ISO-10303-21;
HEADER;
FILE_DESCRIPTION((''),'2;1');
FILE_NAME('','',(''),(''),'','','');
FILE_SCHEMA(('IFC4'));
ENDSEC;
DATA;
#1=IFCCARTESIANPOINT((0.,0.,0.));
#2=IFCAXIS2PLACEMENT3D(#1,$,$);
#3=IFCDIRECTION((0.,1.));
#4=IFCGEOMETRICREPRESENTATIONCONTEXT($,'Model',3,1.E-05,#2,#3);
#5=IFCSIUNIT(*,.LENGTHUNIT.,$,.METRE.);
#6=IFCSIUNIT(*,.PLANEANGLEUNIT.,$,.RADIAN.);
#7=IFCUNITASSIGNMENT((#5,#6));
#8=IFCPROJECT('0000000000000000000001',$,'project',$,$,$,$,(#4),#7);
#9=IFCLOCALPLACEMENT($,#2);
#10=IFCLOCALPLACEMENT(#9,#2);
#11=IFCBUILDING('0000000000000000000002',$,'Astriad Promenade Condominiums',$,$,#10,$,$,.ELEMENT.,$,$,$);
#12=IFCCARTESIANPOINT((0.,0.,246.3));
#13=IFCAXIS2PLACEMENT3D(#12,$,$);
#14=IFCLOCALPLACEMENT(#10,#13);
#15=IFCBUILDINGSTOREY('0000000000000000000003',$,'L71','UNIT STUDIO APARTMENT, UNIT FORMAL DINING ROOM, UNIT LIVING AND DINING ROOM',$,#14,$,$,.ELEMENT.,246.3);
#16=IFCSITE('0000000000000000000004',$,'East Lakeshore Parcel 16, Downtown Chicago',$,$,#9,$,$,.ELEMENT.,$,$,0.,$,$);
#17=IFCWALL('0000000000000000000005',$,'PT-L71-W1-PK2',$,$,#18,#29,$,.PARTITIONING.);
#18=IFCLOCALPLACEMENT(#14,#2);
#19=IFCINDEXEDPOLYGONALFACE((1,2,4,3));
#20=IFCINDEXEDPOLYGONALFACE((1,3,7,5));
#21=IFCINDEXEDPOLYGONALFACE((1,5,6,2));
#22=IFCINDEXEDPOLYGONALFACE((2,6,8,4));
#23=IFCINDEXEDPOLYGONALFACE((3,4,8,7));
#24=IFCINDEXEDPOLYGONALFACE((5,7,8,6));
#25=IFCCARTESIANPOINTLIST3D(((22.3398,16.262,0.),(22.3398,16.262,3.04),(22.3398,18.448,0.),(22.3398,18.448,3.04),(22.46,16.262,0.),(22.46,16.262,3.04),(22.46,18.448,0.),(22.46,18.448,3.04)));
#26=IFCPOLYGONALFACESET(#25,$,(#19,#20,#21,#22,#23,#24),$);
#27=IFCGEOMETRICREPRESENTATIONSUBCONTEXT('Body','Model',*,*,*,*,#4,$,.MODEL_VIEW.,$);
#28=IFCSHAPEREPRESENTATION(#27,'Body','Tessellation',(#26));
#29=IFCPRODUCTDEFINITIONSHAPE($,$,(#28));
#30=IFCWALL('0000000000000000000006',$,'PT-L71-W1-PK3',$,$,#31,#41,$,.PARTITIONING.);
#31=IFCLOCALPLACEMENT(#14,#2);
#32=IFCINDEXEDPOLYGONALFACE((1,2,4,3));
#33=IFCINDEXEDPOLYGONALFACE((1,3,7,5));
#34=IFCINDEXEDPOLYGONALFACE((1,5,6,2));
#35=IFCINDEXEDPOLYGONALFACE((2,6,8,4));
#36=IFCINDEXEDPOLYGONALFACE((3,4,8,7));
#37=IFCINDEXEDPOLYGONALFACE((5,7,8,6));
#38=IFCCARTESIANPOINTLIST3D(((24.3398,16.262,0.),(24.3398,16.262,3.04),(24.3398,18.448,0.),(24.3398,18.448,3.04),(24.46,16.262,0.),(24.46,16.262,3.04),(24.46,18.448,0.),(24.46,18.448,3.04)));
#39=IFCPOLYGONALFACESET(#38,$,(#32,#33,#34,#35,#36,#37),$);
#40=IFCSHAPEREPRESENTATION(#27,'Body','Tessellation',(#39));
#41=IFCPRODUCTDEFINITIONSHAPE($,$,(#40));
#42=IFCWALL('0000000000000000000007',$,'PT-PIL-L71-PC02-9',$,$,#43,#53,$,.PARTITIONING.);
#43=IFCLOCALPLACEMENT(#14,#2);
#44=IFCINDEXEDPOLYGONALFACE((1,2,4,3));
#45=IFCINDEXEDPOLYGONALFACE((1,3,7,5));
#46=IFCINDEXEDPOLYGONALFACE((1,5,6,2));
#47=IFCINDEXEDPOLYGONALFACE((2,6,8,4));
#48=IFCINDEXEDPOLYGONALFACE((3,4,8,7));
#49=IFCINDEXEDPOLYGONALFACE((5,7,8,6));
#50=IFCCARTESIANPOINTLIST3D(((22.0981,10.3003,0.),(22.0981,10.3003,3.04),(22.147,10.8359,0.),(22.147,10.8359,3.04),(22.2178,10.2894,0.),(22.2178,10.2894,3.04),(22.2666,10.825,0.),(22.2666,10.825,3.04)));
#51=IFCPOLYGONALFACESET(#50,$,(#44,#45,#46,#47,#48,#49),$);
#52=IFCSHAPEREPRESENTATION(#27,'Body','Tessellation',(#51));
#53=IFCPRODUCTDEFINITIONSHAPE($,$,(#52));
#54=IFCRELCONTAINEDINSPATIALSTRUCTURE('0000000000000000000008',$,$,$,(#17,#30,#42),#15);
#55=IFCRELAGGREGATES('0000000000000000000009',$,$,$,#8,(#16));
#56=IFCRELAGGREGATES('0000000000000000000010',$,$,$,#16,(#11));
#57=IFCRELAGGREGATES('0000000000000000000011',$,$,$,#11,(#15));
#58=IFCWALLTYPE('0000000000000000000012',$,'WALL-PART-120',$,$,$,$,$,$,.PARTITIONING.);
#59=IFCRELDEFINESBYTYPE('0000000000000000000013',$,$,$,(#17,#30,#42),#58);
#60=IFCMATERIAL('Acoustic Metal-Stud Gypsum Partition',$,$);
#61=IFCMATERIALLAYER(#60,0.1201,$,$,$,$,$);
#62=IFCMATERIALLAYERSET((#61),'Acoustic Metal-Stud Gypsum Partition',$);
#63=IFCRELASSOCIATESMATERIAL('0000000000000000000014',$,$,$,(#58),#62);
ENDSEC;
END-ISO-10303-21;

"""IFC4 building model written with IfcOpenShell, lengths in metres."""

from ifc_helpers import new_model, si_unit, direction, frame, frame_2d, origin, place, context, subcontext, project, spatial, rectangle, extrude, material, layer, layer_set, type_object, element, save


model = new_model("IFC4")

# Units and contexts
model_context = context("Model", 3, precision=1e-05, world=origin(), true_north=direction((0.0, 1.0)))
body_context = subcontext(model_context, "Body", "Model", "MODEL_VIEW")
ifc_project = project(units=[si_unit("LENGTHUNIT", "METRE"), si_unit("PLANEANGLEUNIT", "RADIAN")], contexts=[model_context])

# Site, building, storey
site_placement = place(None, origin())
site = spatial("IfcSite", under=ifc_project, at=site_placement, Name="East Lakeshore Parcel 16, Downtown Chicago", CompositionType="ELEMENT", RefElevation=0.0)
building_placement = place(site_placement, origin())
building = spatial("IfcBuilding", under=site, at=building_placement, Name="Astriad Promenade Condominiums", CompositionType="ELEMENT")
storey_placement = place(building_placement, frame((0.0, 0.0, 246.3)))
storey = spatial("IfcBuildingStorey", under=building, at=storey_placement, Name="L71", Description="UNIT STUDIO APARTMENT, UNIT FORMAL DINING ROOM, UNIT LIVING AND DINING ROOM", CompositionType="ELEMENT", Elevation=246.3)

# Walls
ifc_material_1 = material(Name="Acoustic Metal-Stud Gypsum Partition")
ifc_layer_1 = layer(ifc_material_1, 0.1201)
ifc_layer_set_1 = layer_set([ifc_layer_1], Name="Acoustic Metal-Stud Gypsum Partition")
wall_type_1 = type_object("IfcWallType", Name="WALL-PART-120", PredefinedType="PARTITIONING", material=ifc_layer_set_1)
for number, where, z_axis, x_axis, name in (
    (1, (22.3999, 16.262, 0.0), (0.0, 0.0, 1.0), (0.0, 1.0, 0.0), "PT-L71-W1-PK2"),
    (2, (24.3999, 16.262, 0.0), (0.0, 0.0, 1.0), (0.0, 1.0, 0.0), "PT-L71-W1-PK3"),
):
    element("IfcWall", number, at=place(storey_placement, frame(where, z_axis=z_axis, x_axis=x_axis)), inside=storey, type_object=wall_type_1, Name=name, PredefinedType="PARTITIONING", context=body_context, shape_type="SweptSolid", body=[
        extrude(rectangle(XDim=2.186, YDim=0.1201, at=frame_2d((1.093, 0.0))), origin(), (0.0, 0.0, 1.0), 3.04),
    ])
wall_1_placement = place(storey_placement, frame((22.2068, 10.8306, 0.0), z_axis=(0.0, 0.0, 1.0), x_axis=(-0.090781, -0.995871, 0.0)))
element("IfcWall", 3, at=wall_1_placement, inside=storey, type_object=wall_type_1, Name="PT-PIL-L71-PC02-9", PredefinedType="PARTITIONING", context=body_context, shape_type="SweptSolid", body=[
    extrude(rectangle(XDim=0.5378, YDim=0.1201, at=frame_2d((0.269, 0.0))), origin(), (0.0, 0.0, 1.0), 3.04),
])

save(model, "model.ifc")
